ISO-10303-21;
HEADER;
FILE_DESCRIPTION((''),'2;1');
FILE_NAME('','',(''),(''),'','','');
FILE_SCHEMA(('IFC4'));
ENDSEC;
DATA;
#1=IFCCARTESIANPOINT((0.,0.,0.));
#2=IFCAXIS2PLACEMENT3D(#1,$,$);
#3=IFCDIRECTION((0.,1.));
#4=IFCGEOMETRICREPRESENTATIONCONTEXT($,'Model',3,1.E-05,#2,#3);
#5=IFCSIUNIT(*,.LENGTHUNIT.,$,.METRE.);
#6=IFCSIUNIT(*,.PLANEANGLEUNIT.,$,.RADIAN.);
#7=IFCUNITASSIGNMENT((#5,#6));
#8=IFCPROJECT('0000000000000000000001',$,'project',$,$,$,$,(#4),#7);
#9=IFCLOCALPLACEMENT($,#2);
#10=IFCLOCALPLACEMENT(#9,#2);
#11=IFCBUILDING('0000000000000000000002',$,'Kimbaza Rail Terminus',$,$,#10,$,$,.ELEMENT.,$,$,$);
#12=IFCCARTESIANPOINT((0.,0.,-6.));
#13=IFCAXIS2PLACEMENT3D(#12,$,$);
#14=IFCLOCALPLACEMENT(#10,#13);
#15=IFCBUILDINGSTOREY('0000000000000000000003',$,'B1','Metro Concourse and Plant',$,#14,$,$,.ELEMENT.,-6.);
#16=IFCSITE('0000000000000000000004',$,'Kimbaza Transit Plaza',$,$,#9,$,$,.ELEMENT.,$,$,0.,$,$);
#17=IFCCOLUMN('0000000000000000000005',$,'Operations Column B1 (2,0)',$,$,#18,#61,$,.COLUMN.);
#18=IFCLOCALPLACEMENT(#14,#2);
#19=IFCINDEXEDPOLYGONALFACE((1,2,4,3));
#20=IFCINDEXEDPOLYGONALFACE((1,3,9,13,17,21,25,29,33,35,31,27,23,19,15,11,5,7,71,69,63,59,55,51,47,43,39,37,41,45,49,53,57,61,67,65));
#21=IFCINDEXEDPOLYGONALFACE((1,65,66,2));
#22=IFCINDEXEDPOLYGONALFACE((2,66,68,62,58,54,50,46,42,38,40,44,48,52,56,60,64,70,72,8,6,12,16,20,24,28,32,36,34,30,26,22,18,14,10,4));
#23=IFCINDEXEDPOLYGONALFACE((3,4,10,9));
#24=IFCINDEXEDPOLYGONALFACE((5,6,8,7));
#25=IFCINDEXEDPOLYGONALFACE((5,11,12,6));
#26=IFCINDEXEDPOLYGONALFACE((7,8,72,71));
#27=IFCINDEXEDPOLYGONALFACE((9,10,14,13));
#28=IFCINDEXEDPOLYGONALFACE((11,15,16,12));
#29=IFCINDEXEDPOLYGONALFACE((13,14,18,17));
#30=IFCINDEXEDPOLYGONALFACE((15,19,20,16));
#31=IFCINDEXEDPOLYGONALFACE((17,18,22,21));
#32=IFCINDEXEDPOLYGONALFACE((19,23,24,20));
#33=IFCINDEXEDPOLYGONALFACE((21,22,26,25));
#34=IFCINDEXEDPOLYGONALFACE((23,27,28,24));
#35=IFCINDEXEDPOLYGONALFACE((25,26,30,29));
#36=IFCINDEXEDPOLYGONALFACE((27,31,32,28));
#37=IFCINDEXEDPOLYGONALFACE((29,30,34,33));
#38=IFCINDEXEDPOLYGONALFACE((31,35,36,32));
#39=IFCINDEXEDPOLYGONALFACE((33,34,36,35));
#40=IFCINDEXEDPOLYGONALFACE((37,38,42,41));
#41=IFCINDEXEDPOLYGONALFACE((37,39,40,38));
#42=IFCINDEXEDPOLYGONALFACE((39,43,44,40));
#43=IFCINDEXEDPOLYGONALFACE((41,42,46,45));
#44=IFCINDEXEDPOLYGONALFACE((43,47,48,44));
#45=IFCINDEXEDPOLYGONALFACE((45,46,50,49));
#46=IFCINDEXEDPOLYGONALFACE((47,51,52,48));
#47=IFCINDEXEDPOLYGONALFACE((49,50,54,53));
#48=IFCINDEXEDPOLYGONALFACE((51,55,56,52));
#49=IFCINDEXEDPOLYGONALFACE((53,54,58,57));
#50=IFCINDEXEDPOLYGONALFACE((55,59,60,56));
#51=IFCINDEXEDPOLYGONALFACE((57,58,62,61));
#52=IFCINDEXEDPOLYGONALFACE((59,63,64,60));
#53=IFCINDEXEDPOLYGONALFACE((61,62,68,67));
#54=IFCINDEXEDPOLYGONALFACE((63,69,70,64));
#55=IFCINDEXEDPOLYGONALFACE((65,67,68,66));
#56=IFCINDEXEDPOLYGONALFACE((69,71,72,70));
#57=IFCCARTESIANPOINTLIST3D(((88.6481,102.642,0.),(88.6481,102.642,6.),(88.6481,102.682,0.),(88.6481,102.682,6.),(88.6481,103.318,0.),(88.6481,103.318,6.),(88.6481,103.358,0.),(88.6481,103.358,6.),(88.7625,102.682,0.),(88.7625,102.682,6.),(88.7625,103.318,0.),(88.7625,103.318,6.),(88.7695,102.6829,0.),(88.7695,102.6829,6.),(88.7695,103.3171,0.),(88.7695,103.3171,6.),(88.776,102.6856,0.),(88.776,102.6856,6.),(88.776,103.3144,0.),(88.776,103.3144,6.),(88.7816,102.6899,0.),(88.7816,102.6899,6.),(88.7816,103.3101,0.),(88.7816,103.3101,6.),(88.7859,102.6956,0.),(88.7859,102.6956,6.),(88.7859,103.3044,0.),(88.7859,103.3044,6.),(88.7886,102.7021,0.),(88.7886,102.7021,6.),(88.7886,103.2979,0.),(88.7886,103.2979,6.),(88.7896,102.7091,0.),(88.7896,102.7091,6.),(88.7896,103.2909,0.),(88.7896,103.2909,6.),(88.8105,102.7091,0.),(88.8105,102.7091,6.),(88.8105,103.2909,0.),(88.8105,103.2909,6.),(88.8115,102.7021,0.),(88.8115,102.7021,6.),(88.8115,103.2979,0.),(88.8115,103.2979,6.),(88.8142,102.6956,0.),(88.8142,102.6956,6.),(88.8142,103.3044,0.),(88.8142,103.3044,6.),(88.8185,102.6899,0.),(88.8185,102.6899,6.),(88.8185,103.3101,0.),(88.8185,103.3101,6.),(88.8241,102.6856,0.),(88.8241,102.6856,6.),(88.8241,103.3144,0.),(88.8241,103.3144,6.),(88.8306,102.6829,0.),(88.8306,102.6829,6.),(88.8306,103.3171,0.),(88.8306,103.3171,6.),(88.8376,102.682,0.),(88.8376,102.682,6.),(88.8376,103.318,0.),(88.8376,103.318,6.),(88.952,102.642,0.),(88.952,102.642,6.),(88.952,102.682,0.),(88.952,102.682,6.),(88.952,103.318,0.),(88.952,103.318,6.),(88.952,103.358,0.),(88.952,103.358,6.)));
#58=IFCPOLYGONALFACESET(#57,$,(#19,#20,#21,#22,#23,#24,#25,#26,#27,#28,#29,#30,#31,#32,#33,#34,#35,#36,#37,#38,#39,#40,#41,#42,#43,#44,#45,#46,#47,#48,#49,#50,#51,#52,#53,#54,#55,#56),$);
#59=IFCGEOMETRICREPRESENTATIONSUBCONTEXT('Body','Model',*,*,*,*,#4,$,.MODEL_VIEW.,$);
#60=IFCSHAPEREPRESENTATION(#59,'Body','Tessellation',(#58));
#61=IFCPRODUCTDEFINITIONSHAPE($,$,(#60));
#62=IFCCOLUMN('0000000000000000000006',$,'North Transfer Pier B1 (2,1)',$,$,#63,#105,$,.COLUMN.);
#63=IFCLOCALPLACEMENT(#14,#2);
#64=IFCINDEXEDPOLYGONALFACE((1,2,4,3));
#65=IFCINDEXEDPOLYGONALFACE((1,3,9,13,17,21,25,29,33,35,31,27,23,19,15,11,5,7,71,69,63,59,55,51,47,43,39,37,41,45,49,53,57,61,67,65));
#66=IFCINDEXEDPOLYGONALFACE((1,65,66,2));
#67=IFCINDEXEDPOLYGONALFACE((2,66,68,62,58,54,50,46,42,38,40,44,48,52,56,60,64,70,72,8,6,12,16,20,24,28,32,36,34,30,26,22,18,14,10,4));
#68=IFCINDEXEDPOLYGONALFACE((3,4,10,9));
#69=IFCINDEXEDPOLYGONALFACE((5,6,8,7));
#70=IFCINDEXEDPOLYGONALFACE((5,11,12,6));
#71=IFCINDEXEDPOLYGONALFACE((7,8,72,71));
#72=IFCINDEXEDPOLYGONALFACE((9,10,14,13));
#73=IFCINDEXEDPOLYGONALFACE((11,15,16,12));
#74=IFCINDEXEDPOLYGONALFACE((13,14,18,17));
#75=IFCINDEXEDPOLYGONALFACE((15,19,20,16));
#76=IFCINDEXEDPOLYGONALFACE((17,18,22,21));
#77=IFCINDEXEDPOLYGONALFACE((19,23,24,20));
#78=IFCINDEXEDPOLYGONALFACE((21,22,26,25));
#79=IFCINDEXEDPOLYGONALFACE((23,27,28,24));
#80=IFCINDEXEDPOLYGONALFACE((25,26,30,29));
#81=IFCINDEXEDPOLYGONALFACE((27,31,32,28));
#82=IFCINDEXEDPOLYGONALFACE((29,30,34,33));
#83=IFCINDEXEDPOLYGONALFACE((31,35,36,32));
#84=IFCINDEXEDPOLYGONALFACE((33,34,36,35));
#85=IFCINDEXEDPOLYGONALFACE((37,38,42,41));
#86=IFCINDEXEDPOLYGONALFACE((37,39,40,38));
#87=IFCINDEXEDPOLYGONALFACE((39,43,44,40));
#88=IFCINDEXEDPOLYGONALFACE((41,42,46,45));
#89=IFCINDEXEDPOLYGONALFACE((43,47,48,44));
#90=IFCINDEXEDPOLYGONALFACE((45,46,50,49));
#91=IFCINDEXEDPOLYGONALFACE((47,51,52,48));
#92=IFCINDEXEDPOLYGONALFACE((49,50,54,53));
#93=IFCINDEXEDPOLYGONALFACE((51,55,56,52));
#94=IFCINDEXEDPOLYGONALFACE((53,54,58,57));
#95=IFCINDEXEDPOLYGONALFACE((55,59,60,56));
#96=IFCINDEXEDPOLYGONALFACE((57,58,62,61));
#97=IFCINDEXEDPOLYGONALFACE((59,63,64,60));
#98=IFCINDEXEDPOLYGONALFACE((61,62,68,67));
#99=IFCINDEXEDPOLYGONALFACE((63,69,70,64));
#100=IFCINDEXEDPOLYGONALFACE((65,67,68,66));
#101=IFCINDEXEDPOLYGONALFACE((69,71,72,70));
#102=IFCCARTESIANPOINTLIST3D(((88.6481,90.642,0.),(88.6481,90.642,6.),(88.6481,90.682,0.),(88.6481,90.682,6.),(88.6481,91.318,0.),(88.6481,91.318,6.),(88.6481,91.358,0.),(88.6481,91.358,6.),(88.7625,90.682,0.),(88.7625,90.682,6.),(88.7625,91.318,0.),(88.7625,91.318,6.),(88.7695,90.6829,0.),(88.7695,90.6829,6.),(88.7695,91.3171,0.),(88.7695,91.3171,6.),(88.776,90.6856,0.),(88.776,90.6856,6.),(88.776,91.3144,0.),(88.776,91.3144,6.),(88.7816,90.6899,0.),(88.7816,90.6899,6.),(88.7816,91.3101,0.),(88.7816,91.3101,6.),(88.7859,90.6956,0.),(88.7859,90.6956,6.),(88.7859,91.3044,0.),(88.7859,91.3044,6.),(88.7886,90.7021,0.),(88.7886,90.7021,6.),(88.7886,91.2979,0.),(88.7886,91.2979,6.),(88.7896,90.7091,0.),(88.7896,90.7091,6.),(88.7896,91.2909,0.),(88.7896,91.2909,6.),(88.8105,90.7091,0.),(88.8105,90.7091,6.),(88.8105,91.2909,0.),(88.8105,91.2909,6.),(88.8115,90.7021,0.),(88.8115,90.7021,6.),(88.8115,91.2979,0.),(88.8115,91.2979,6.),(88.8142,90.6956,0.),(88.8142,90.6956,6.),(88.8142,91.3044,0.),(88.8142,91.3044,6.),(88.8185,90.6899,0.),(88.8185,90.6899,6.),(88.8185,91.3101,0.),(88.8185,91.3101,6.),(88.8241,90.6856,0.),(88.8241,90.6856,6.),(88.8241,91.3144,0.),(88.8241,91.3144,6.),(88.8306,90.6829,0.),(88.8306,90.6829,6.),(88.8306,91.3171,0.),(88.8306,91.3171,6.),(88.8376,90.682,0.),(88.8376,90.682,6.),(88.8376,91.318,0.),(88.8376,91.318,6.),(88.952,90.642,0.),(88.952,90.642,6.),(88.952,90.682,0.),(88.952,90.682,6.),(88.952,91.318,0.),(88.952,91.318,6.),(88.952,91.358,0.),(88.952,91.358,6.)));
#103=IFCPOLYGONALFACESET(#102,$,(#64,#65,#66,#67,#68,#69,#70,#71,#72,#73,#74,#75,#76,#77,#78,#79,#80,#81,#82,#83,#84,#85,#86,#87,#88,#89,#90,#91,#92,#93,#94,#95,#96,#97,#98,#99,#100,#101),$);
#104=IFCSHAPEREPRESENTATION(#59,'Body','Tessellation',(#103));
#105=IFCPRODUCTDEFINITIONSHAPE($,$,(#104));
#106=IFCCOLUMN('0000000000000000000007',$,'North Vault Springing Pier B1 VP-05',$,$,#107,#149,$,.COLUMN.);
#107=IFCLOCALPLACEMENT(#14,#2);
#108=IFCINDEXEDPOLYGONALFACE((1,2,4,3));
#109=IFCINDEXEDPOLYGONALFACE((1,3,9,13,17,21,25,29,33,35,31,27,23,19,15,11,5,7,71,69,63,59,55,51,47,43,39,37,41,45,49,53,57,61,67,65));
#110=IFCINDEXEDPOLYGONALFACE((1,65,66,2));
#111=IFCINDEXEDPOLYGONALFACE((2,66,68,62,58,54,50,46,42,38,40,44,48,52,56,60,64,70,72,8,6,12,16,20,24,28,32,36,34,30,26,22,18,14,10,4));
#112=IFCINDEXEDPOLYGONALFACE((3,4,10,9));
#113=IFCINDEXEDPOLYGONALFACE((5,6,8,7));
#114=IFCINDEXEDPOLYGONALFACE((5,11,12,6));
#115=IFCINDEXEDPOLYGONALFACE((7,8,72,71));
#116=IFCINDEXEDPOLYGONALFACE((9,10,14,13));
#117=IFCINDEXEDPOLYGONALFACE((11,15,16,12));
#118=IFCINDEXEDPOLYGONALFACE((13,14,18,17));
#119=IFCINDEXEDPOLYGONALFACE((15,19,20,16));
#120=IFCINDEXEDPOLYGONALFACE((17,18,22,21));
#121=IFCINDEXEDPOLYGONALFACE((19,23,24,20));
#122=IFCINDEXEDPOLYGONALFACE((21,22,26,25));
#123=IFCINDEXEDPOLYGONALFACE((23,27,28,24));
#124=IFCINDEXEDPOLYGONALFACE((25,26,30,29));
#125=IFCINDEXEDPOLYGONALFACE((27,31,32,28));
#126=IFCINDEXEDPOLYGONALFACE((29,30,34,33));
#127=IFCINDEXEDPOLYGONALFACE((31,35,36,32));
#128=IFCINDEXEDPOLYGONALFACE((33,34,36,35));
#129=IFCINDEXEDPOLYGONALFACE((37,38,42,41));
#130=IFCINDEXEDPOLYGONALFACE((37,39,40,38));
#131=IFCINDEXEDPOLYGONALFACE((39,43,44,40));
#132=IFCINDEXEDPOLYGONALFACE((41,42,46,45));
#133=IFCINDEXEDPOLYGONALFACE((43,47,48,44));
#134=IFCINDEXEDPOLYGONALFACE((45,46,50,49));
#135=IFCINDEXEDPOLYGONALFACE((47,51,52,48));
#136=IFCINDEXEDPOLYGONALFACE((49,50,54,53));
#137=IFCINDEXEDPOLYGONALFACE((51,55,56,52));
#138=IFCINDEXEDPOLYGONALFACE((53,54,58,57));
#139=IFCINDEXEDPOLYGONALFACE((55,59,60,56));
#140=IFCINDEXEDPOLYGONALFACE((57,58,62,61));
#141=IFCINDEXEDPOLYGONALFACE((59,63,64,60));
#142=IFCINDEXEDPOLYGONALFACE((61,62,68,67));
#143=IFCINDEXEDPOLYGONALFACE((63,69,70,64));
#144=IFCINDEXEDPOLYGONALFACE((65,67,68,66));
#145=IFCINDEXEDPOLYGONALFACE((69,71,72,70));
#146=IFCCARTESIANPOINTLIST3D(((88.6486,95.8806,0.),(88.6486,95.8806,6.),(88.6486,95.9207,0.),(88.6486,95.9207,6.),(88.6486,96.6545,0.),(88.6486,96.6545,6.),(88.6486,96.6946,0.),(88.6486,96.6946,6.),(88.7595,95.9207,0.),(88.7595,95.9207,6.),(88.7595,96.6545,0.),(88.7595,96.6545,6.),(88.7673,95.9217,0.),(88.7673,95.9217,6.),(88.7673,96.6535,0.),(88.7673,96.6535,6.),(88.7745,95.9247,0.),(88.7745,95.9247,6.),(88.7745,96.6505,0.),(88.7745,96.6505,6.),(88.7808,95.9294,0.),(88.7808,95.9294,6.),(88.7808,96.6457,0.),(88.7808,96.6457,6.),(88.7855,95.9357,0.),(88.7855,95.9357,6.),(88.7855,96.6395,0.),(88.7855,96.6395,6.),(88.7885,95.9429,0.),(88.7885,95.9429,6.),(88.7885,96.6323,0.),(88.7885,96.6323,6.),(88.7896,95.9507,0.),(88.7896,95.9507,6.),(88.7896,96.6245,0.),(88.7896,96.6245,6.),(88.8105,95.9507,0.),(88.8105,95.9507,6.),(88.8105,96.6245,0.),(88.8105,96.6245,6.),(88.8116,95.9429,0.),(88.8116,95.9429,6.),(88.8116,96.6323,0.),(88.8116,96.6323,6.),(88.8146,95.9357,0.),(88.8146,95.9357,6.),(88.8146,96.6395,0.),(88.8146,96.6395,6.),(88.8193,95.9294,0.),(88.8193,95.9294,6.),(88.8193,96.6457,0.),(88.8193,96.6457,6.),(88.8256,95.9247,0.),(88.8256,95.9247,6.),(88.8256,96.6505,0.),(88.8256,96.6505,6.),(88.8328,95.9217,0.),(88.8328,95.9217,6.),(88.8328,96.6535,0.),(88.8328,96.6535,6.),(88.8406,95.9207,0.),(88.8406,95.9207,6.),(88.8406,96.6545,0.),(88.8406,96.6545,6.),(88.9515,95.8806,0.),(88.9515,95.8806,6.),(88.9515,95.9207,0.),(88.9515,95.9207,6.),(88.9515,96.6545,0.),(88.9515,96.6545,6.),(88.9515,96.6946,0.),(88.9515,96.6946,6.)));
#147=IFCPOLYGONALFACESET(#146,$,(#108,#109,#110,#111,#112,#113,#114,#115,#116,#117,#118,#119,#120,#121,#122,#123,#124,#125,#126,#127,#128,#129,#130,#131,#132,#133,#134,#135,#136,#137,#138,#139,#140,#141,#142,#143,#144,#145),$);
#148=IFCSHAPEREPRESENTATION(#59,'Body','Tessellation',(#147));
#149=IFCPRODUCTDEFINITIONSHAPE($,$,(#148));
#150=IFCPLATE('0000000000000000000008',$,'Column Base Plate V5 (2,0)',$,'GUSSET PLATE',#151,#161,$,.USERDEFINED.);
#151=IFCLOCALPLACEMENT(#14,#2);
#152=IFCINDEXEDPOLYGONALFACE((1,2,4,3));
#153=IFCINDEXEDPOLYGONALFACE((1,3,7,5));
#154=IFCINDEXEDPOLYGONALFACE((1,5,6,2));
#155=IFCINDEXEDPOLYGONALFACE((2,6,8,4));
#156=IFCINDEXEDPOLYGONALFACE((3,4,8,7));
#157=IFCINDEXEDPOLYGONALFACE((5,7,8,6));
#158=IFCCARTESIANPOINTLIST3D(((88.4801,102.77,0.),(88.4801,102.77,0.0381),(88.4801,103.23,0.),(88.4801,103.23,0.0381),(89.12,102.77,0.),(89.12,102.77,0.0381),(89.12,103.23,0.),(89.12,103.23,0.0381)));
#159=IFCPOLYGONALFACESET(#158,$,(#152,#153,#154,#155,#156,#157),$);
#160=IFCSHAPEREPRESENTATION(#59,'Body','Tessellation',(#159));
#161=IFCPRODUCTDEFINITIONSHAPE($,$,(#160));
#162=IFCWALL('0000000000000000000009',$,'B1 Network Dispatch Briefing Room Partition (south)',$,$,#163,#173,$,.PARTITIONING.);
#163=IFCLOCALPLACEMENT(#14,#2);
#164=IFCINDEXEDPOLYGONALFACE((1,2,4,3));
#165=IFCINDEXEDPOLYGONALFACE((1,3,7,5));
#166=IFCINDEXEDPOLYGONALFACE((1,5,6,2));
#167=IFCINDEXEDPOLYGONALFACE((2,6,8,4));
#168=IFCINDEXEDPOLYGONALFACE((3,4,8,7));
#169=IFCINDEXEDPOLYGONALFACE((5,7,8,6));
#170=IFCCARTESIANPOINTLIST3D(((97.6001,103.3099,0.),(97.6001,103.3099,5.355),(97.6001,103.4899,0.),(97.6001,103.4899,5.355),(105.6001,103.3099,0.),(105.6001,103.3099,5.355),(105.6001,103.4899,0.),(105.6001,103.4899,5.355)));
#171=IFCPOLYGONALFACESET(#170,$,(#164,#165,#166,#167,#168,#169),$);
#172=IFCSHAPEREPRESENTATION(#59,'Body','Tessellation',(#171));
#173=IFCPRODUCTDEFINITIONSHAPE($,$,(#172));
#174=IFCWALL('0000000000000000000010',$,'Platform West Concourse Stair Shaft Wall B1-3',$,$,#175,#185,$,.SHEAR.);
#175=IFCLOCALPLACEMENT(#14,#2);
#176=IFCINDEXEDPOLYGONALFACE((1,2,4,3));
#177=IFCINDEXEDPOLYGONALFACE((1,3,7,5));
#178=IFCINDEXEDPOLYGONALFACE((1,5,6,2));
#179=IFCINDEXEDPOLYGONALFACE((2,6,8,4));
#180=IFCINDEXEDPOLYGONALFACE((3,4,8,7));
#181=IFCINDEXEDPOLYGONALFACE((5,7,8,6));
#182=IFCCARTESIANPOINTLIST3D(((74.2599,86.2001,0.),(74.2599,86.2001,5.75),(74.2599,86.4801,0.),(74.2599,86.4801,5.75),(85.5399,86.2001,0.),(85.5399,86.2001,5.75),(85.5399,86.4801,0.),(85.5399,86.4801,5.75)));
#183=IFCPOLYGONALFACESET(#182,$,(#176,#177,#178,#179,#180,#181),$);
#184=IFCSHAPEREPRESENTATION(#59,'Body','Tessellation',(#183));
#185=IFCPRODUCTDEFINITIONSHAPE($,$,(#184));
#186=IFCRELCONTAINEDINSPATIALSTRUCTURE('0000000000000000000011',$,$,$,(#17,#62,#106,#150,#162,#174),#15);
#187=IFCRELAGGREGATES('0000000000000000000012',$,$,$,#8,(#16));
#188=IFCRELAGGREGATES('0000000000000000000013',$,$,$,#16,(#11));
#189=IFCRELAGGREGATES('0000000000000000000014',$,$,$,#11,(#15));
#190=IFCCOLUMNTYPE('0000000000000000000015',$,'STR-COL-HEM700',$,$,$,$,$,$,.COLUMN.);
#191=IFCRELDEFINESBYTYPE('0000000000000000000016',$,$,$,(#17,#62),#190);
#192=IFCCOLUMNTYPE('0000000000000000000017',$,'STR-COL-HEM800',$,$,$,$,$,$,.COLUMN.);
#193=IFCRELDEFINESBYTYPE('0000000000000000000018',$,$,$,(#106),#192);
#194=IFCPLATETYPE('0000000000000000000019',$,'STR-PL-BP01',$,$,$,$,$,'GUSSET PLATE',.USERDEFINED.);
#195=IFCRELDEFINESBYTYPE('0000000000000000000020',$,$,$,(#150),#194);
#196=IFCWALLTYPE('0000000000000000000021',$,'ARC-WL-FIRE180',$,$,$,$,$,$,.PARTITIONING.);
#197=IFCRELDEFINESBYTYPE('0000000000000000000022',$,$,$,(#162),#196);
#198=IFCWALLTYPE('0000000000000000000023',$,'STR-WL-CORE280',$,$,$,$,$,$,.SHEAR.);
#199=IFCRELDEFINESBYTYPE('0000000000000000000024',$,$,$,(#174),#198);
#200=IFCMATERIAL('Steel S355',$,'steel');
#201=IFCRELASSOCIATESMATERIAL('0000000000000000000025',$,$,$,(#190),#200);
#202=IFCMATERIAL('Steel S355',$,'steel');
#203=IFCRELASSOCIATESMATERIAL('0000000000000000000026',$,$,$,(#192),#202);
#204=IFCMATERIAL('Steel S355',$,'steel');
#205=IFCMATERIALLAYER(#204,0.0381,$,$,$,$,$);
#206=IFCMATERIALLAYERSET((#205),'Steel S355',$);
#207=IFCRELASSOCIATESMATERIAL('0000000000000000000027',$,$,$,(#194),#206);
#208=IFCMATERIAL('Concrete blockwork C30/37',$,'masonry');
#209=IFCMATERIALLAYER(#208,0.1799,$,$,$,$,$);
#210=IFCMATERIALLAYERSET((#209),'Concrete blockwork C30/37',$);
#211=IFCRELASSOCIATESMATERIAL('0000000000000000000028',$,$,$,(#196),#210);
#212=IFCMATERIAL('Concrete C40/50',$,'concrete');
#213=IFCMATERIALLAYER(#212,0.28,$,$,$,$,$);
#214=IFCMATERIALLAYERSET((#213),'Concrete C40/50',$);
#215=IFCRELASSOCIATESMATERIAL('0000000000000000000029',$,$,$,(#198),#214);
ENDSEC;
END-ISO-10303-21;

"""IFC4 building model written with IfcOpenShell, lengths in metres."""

from ifc_helpers import new_model, si_unit, direction, frame, frame_2d, origin, origin_2d, place, context, subcontext, project, spatial, rectangle, i_section, extrude, material, layer, layer_set, material_profile, profile_set, type_object, element, save


model = new_model("IFC4")

# Units and contexts
model_context = context("Model", 3, precision=1e-05, world=origin(), true_north=direction((0.0, 1.0)))
body_context = subcontext(model_context, "Body", "Model", "MODEL_VIEW")
ifc_project = project(units=[si_unit("LENGTHUNIT", "METRE"), si_unit("PLANEANGLEUNIT", "RADIAN")], contexts=[model_context])

# Site, building, storey
site_placement = place(None, origin())
site = spatial("IfcSite", under=ifc_project, at=site_placement, Name="Kimbaza Transit Plaza", CompositionType="ELEMENT", RefElevation=0.0)
building_placement = place(site_placement, origin())
building = spatial("IfcBuilding", under=site, at=building_placement, Name="Kimbaza Rail Terminus", CompositionType="ELEMENT")
storey_placement = place(building_placement, frame((0.0, 0.0, -6.0)))
storey = spatial("IfcBuildingStorey", under=building, at=storey_placement, Name="B1", Description="Metro Concourse and Plant", CompositionType="ELEMENT", Elevation=-6.0)

# Columns
ifc_material_1 = material(Name="Steel S355", Category="steel")
ifc_material_profile_1 = material_profile(ifc_material_1, i_section(OverallWidth=0.304, OverallDepth=0.7161, WebThickness=0.021, FlangeThickness=0.04, FilletRadius=0.0271, at=origin_2d()), Name="HEM 700")
ifc_profile_set_1 = profile_set([ifc_material_profile_1], Name="Steel S355")
column_type_1 = type_object("IfcColumnType", Name="STR-COL-HEM700", PredefinedType="COLUMN", material=ifc_profile_set_1)
for number, where, z_axis, x_axis, name in (
    (1, (88.8, 103.0, 0.0), (0.0, 0.0, 1.0), (1.0, 0.0, 0.0), "Operations Column B1 (2,0)"),
    (2, (88.8, 91.0, 0.0), (0.0, 0.0, 1.0), (1.0, 0.0, 0.0), "North Transfer Pier B1 (2,1)"),
):
    element("IfcColumn", number, at=place(storey_placement, frame(where, z_axis=z_axis, x_axis=x_axis)), inside=storey, type_object=column_type_1, Name=name, PredefinedType="COLUMN", context=body_context, shape_type="SweptSolid", body=[
        extrude(i_section(OverallWidth=0.304, OverallDepth=0.7161, WebThickness=0.021, FlangeThickness=0.04, FilletRadius=0.0271, at=origin_2d()), origin(), (0.0, 0.0, 1.0), 6.0),
    ])
ifc_material_2 = material(Name="Steel S355", Category="steel")
ifc_material_profile_2 = material_profile(ifc_material_2, i_section(OverallWidth=0.303, OverallDepth=0.814, WebThickness=0.021, FlangeThickness=0.04, FilletRadius=0.03, at=origin_2d()), Name="HEM 800")
ifc_profile_set_2 = profile_set([ifc_material_profile_2], Name="Steel S355")
column_type_2 = type_object("IfcColumnType", Name="STR-COL-HEM800", PredefinedType="COLUMN", material=ifc_profile_set_2)
column_placement = place(storey_placement, frame((88.8, 96.2876, 0.0), z_axis=(0.0, 0.0, 1.0), x_axis=(1.0, 0.0, 0.0)))
element("IfcColumn", 3, at=column_placement, inside=storey, type_object=column_type_2, Name="North Vault Springing Pier B1 VP-05", PredefinedType="COLUMN", context=body_context, shape_type="SweptSolid", body=[
    extrude(i_section(OverallWidth=0.303, OverallDepth=0.814, WebThickness=0.021, FlangeThickness=0.04, FilletRadius=0.03, at=origin_2d()), origin(), (0.0, 0.0, 1.0), 6.0),
])

# Plate
ifc_material_3 = material(Name="Steel S355", Category="steel")
ifc_layer_1 = layer(ifc_material_3, 0.0381)
ifc_layer_set_1 = layer_set([ifc_layer_1], Name="Steel S355")
plate_type = type_object("IfcPlateType", Name="STR-PL-BP01", ElementType="GUSSET PLATE", PredefinedType="USERDEFINED", material=ifc_layer_set_1)
plate_placement = place(storey_placement, frame((88.8, 103.0, 0.0), z_axis=(0.0, 0.0, 1.0), x_axis=(1.0, 0.0, 0.0)))
element("IfcPlate", 4, at=plate_placement, inside=storey, type_object=plate_type, Name="Column Base Plate V5 (2,0)", ObjectType="GUSSET PLATE", PredefinedType="USERDEFINED", context=body_context, shape_type="SweptSolid", body=[
    extrude(rectangle(XDim=0.6399, YDim=0.46, at=origin_2d()), origin(), (0.0, 0.0, 1.0), 0.0381),
])

# Walls
ifc_material_4 = material(Name="Concrete blockwork C30/37", Category="masonry")
ifc_layer_2 = layer(ifc_material_4, 0.1799)
ifc_layer_set_2 = layer_set([ifc_layer_2], Name="Concrete blockwork C30/37")
wall_type_1 = type_object("IfcWallType", Name="ARC-WL-FIRE180", PredefinedType="PARTITIONING", material=ifc_layer_set_2)
wall_1_placement = place(storey_placement, frame((97.6001, 103.3999, 0.0), z_axis=(0.0, 0.0, 1.0), x_axis=(1.0, 0.0, 0.0)))
element("IfcWall", 5, at=wall_1_placement, inside=storey, type_object=wall_type_1, Name="B1 Network Dispatch Briefing Room Partition (south)", PredefinedType="PARTITIONING", context=body_context, shape_type="SweptSolid", body=[
    extrude(rectangle(XDim=8.0, YDim=0.1799, at=frame_2d((4.0, 0.0))), origin(), (0.0, 0.0, 1.0), 5.355),
])
ifc_material_5 = material(Name="Concrete C40/50", Category="concrete")
ifc_layer_3 = layer(ifc_material_5, 0.28)
ifc_layer_set_3 = layer_set([ifc_layer_3], Name="Concrete C40/50")
wall_type_2 = type_object("IfcWallType", Name="STR-WL-CORE280", PredefinedType="SHEAR", material=ifc_layer_set_3)
wall_2_placement = place(storey_placement, frame((85.54, 86.3401, 0.0), z_axis=(0.0, 0.0, 1.0), x_axis=(-1.0, 0.0, 0.0)))
element("IfcWall", 6, at=wall_2_placement, inside=storey, type_object=wall_type_2, Name="Platform West Concourse Stair Shaft Wall B1-3", PredefinedType="SHEAR", context=body_context, shape_type="SweptSolid", body=[
    extrude(rectangle(XDim=11.28, YDim=0.28, at=frame_2d((5.6401, 0.0))), origin(), (0.0, 0.0, 1.0), 5.75),
])

save(model, "model.ifc")
